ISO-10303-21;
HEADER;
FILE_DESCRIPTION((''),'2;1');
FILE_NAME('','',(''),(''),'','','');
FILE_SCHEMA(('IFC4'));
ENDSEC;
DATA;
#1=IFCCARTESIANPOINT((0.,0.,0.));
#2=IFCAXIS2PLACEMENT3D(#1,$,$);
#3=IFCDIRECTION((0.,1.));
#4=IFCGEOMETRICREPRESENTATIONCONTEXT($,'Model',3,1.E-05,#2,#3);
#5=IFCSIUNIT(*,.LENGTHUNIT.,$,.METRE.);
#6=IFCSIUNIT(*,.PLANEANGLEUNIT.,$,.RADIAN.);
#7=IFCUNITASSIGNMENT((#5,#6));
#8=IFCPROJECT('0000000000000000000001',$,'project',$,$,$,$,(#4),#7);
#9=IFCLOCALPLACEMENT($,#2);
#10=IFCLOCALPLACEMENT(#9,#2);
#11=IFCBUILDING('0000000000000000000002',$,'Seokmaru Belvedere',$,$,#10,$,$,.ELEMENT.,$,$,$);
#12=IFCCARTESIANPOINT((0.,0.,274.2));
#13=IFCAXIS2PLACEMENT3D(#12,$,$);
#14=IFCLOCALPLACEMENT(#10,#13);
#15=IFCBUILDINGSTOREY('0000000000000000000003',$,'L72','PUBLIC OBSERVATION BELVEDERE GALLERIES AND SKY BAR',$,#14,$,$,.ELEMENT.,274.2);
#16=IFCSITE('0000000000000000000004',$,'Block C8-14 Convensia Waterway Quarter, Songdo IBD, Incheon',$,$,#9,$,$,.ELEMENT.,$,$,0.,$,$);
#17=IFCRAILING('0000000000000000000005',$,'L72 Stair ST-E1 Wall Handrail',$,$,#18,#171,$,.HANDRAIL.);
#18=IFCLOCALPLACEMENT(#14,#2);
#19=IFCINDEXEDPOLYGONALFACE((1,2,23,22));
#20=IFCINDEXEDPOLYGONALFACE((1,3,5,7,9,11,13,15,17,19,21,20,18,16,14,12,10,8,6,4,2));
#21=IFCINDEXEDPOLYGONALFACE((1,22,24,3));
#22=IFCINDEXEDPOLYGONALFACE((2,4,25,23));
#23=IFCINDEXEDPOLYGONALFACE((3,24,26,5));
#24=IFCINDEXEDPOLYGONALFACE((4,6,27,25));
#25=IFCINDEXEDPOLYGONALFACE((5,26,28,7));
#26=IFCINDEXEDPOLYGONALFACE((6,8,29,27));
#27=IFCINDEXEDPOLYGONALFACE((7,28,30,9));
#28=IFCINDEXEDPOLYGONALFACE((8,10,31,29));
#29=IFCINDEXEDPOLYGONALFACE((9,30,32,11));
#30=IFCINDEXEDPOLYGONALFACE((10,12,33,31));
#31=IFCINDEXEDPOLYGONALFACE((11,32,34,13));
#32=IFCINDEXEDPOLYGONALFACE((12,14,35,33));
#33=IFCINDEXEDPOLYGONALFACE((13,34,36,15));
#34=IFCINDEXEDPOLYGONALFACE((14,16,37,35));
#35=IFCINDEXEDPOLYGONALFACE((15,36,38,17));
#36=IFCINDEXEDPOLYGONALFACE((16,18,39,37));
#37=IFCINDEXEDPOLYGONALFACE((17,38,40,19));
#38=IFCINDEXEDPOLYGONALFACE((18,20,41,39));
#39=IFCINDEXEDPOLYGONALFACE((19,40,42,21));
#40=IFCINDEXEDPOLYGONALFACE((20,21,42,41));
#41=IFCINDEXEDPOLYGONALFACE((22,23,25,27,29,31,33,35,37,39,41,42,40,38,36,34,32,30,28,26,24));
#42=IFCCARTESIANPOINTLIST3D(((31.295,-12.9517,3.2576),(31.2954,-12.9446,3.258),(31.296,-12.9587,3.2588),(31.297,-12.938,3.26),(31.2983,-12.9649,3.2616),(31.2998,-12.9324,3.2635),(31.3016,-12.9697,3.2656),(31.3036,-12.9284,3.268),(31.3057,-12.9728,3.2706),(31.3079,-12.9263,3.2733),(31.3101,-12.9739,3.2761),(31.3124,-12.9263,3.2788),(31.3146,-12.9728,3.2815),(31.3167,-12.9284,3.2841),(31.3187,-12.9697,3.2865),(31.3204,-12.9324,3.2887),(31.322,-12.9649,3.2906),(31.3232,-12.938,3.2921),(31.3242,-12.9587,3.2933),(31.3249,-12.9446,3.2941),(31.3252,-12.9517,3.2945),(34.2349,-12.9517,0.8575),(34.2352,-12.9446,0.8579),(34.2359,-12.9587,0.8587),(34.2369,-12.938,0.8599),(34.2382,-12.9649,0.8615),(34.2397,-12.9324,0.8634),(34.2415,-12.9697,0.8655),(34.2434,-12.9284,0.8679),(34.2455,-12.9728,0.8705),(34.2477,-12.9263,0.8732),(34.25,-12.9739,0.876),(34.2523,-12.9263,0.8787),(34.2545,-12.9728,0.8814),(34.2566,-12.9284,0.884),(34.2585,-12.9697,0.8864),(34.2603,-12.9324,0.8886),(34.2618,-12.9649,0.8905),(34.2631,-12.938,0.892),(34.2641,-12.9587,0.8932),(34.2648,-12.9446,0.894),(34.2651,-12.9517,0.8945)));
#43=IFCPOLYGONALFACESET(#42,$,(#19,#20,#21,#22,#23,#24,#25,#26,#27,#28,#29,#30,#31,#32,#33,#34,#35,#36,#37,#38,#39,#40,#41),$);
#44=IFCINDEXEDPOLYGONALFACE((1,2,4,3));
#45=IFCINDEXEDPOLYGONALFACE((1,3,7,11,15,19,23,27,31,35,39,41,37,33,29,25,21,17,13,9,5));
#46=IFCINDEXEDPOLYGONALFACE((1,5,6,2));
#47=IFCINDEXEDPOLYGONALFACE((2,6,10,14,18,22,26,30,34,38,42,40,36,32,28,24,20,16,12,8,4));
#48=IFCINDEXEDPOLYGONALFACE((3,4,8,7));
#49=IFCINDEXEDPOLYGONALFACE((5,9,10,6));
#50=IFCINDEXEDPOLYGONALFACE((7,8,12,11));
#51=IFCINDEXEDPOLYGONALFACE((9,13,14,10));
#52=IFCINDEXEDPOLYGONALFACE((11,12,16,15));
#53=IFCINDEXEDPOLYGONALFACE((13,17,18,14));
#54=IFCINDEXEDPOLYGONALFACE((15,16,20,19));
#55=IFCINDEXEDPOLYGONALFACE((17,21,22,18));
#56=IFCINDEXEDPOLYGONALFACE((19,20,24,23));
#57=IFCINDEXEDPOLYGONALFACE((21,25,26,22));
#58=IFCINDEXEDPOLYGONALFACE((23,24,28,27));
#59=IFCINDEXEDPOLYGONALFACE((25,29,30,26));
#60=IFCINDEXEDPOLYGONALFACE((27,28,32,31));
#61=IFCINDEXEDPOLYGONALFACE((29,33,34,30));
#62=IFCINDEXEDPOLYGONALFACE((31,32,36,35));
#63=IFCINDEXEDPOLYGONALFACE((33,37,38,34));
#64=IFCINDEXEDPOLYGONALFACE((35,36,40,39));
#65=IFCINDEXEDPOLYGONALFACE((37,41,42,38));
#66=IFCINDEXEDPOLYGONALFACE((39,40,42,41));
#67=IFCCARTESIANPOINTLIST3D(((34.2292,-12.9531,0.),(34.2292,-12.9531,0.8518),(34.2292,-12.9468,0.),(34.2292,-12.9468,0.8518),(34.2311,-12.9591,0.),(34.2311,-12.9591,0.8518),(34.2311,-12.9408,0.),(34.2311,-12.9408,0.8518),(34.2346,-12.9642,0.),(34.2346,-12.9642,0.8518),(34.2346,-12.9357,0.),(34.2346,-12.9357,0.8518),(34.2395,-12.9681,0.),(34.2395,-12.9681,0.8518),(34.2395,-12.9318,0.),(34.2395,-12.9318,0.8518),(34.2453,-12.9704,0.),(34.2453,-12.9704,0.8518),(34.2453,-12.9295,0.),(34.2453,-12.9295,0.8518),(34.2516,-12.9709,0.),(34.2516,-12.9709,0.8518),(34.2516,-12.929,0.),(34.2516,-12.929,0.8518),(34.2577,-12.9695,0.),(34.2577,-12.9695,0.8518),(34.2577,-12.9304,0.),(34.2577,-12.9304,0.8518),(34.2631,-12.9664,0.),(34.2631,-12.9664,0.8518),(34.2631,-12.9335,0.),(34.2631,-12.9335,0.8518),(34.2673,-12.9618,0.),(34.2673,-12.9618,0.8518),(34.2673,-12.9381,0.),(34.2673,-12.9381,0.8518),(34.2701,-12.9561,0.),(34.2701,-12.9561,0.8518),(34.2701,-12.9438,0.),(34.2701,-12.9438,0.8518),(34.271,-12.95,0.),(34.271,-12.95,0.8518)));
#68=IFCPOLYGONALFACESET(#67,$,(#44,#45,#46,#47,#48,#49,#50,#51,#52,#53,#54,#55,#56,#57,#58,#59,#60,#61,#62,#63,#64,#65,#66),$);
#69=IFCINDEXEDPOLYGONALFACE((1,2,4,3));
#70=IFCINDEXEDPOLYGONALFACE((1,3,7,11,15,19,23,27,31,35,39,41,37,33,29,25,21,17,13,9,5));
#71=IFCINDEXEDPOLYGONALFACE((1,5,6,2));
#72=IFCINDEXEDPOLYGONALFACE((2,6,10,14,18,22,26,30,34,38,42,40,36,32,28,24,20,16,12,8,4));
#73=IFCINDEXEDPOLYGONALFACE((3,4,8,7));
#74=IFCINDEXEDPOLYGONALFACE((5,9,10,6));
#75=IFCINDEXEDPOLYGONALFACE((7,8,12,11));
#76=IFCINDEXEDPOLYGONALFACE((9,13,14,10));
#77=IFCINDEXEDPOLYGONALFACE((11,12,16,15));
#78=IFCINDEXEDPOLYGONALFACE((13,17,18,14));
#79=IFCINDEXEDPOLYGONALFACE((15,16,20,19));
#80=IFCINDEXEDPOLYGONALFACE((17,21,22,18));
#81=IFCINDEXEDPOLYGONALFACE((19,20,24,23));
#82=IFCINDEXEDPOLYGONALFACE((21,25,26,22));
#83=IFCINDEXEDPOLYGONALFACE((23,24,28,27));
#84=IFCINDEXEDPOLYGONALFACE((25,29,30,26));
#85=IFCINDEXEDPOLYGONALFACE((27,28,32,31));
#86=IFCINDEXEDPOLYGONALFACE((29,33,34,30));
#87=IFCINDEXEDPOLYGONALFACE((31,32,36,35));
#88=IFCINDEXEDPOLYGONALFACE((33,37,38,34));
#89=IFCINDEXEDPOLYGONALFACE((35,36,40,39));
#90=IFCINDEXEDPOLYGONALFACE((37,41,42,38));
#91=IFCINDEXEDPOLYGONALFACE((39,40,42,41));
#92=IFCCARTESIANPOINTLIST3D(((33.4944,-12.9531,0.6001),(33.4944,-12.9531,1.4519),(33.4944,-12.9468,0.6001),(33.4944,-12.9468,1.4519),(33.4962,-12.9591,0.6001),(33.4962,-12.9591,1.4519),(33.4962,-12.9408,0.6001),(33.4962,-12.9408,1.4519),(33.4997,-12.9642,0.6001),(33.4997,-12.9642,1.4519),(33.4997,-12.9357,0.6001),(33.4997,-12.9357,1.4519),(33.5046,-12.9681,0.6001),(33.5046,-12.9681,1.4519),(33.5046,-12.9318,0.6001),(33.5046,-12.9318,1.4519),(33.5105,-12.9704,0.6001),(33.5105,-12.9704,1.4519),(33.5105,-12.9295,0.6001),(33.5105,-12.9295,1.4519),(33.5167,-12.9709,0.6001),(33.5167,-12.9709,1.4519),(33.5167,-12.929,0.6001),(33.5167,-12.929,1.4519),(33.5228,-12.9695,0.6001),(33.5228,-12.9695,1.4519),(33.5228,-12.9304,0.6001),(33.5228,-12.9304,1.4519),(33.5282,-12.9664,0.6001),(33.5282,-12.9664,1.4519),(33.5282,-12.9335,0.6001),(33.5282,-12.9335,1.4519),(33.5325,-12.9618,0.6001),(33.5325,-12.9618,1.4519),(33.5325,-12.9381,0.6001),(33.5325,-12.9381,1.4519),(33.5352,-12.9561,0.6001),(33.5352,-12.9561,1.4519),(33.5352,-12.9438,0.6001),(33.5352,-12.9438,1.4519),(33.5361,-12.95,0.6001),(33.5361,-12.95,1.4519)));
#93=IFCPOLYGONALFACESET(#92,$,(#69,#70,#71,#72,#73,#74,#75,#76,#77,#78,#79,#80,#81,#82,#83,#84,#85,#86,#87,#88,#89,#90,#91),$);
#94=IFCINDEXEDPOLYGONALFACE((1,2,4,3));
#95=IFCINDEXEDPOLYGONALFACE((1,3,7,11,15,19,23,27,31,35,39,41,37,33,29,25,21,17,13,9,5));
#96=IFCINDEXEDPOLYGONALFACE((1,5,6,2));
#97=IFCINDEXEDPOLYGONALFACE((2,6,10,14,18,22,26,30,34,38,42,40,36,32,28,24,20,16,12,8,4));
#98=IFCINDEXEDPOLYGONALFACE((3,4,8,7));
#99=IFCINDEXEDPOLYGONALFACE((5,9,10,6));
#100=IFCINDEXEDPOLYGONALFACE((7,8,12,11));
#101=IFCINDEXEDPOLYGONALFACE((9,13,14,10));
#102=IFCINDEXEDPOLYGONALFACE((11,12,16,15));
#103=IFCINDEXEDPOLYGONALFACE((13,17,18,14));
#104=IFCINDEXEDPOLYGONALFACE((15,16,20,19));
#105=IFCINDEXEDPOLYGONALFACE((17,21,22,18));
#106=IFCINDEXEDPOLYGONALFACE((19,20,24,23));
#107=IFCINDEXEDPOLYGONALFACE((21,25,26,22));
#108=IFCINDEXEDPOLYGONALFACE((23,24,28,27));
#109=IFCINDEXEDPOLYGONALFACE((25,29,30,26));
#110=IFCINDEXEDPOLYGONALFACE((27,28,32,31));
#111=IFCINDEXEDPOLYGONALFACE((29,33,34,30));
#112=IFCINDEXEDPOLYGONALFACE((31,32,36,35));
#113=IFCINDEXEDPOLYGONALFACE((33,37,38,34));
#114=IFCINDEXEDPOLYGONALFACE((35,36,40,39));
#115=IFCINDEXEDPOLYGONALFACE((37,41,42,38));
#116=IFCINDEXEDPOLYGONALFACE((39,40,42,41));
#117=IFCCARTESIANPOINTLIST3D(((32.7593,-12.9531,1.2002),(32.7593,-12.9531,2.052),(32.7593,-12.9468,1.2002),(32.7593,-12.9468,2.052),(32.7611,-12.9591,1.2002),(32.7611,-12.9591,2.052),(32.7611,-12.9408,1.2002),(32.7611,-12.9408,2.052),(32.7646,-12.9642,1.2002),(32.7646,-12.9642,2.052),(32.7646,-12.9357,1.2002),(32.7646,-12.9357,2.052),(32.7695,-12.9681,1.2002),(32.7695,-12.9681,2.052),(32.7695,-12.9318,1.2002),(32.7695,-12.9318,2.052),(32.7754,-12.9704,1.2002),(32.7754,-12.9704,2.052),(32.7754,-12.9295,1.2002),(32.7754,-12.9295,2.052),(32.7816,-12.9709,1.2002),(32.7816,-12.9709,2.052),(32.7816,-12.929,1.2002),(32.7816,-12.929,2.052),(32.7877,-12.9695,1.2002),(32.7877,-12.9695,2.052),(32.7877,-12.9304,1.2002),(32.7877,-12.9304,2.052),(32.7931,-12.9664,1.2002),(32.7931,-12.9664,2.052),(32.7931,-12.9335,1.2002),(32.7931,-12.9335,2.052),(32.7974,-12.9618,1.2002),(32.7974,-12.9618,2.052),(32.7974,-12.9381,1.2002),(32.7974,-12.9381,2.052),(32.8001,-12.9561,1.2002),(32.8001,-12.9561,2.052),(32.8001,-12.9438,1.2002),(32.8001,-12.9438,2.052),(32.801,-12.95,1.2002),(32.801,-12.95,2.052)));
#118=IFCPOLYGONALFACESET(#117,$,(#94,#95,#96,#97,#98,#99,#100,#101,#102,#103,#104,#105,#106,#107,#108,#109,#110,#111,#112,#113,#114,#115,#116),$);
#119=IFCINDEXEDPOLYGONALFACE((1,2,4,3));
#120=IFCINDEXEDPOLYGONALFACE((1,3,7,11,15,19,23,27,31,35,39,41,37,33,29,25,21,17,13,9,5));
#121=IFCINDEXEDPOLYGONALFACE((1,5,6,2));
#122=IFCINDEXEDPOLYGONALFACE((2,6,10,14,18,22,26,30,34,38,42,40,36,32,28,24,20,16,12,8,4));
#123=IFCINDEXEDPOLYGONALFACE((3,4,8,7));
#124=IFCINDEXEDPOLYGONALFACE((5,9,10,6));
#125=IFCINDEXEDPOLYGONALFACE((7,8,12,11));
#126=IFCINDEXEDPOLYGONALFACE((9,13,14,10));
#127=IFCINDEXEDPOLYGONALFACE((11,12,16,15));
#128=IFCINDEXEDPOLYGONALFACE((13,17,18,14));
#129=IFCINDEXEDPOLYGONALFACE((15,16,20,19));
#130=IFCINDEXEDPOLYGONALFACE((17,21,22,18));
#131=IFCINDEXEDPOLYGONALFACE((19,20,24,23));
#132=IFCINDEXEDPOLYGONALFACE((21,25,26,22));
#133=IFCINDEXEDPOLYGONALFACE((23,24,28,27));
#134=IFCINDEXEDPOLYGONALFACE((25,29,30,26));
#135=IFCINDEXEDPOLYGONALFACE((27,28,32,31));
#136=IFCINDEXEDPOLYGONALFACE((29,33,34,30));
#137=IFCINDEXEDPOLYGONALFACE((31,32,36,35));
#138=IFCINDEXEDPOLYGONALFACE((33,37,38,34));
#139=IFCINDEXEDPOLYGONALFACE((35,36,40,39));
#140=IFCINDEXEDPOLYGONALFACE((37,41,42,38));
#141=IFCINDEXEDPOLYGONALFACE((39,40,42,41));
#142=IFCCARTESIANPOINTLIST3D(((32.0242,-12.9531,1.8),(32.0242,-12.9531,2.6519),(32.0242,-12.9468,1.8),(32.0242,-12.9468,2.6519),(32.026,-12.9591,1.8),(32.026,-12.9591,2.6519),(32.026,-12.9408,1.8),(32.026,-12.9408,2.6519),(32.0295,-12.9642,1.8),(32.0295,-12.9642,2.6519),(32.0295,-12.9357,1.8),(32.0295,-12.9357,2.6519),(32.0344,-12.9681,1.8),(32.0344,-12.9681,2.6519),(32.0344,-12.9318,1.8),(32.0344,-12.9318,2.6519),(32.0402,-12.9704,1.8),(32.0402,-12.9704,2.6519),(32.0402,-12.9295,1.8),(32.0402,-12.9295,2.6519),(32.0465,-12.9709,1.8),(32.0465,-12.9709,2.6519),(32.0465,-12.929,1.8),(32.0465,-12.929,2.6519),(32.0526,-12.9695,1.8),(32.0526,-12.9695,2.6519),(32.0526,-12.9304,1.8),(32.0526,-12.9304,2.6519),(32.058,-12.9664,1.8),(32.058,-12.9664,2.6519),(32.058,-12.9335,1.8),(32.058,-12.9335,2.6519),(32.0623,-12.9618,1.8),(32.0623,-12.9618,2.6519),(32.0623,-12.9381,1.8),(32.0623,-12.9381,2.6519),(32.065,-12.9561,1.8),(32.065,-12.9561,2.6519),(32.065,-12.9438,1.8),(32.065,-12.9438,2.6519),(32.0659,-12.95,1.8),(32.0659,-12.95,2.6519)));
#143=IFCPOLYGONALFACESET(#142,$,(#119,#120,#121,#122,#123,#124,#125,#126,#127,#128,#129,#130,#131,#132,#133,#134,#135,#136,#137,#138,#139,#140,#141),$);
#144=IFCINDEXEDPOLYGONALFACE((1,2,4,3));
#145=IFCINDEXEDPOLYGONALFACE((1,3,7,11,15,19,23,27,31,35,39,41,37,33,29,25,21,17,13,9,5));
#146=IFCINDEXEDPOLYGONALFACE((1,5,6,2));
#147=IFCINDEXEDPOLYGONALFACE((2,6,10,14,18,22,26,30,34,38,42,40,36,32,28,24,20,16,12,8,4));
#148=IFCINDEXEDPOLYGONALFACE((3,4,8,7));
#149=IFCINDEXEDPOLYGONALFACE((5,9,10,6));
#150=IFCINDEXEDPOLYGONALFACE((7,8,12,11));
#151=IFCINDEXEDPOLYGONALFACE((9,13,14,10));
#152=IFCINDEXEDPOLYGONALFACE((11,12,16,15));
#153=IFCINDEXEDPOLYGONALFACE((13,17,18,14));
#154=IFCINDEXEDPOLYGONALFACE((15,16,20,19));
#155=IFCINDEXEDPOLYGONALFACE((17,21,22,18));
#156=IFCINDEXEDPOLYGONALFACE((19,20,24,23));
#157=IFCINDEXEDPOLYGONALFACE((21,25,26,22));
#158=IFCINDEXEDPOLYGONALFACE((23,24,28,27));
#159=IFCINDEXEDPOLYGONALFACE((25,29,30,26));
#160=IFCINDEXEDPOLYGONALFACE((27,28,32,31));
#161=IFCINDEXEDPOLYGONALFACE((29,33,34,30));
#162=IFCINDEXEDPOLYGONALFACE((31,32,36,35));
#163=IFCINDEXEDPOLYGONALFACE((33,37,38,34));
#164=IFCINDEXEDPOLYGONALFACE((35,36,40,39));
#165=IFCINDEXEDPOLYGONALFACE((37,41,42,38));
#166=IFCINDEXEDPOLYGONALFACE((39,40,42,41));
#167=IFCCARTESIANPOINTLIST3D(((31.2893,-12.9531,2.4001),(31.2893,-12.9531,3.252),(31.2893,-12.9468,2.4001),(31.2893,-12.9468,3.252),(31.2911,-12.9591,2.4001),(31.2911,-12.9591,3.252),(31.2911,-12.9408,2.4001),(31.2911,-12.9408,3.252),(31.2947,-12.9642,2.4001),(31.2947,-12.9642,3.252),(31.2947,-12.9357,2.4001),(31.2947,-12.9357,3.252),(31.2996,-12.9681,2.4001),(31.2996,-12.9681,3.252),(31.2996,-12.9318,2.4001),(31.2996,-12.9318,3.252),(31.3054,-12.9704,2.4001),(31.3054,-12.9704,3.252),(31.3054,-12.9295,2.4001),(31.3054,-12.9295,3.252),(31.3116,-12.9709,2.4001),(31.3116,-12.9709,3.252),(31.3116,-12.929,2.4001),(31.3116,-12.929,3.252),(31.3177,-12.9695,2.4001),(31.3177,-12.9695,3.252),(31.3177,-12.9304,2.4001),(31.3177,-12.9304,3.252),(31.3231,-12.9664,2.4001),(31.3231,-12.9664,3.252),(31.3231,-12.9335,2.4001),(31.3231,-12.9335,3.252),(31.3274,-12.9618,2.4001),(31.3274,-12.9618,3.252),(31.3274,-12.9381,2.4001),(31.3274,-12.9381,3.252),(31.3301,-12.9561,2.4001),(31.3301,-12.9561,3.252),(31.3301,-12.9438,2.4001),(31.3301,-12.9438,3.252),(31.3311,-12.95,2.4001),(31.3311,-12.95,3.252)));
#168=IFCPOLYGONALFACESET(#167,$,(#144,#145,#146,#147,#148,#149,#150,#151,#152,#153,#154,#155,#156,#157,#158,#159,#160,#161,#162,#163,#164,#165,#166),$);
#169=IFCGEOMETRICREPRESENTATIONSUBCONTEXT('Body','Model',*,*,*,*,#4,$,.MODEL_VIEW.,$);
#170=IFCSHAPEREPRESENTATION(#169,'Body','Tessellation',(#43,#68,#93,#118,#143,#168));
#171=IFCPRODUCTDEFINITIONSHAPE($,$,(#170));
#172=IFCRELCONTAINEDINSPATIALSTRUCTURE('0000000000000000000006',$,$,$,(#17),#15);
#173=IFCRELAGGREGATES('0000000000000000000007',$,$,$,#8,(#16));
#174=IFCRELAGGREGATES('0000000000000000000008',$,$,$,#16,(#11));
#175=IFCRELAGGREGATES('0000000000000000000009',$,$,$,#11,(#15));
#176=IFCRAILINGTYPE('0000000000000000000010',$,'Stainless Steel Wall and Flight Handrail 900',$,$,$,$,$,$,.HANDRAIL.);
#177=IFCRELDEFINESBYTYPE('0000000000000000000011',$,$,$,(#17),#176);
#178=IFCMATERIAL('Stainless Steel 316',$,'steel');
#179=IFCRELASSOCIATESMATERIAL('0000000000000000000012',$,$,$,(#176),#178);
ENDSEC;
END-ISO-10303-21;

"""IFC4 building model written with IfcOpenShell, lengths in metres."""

from ifc_helpers import new_model, si_unit, direction, frame, origin, origin_2d, place, context, subcontext, project, spatial, circle, extrude, material, type_object, element, save


model = new_model("IFC4")

# Units and contexts
model_context = context("Model", 3, precision=1e-05, world=origin(), true_north=direction((0.0, 1.0)))
body_context = subcontext(model_context, "Body", "Model", "MODEL_VIEW")
ifc_project = project(units=[si_unit("LENGTHUNIT", "METRE"), si_unit("PLANEANGLEUNIT", "RADIAN")], contexts=[model_context])

# Site, building, storey
site_placement = place(None, origin())
site = spatial("IfcSite", under=ifc_project, at=site_placement, Name="Block C8-14 Convensia Waterway Quarter, Songdo IBD, Incheon", CompositionType="ELEMENT", RefElevation=0.0)
building_placement = place(site_placement, origin())
building = spatial("IfcBuilding", under=site, at=building_placement, Name="Seokmaru Belvedere", CompositionType="ELEMENT")
storey_placement = place(building_placement, frame((0.0, 0.0, 274.2)))
storey = spatial("IfcBuildingStorey", under=building, at=storey_placement, Name="L72", Description="PUBLIC OBSERVATION BELVEDERE GALLERIES AND SKY BAR", CompositionType="ELEMENT", Elevation=274.2)

# Railing
ifc_material_1 = material(Name="Stainless Steel 316", Category="steel")
railing_type_1 = type_object("IfcRailingType", Name="Stainless Steel Wall and Flight Handrail 900", PredefinedType="HANDRAIL", material=ifc_material_1)
railing_1_placement = place(storey_placement, frame((34.25, -12.95, 0.0)))
element("IfcRailing", 1, at=railing_1_placement, inside=storey, type_object=railing_type_1, Name="L72 Stair ST-E1 Wall Handrail", PredefinedType="HANDRAIL", context=body_context, shape_type="SweptSolid", body=[
    extrude(circle(Radius=0.0239, at=origin_2d()), frame((0.0, 0.0, 0.876), z_axis=(-0.774636, 0.0, 0.632407), x_axis=(0.0, -1.0, 0.0)), (0.0, 0.0, 1.0), 3.7952),
    extrude(circle(Radius=0.021, at=origin_2d()), origin(), (0.0, 0.0, 1.0), 0.8518),
    extrude(circle(Radius=0.021, at=origin_2d()), frame((-0.7349, 0.0, 0.6001)), (0.0, 0.0, 1.0), 0.8518),
    extrude(circle(Radius=0.021, at=origin_2d()), frame((-1.47, 0.0, 1.2002)), (0.0, 0.0, 1.0), 0.8518),
    extrude(circle(Radius=0.021, at=origin_2d()), frame((-2.2051, 0.0, 1.8)), (0.0, 0.0, 1.0), 0.8518),
    extrude(circle(Radius=0.021, at=origin_2d()), frame((-2.9399, 0.0, 2.4001)), (0.0, 0.0, 1.0), 0.8518),
])

save(model, "model.ifc")
